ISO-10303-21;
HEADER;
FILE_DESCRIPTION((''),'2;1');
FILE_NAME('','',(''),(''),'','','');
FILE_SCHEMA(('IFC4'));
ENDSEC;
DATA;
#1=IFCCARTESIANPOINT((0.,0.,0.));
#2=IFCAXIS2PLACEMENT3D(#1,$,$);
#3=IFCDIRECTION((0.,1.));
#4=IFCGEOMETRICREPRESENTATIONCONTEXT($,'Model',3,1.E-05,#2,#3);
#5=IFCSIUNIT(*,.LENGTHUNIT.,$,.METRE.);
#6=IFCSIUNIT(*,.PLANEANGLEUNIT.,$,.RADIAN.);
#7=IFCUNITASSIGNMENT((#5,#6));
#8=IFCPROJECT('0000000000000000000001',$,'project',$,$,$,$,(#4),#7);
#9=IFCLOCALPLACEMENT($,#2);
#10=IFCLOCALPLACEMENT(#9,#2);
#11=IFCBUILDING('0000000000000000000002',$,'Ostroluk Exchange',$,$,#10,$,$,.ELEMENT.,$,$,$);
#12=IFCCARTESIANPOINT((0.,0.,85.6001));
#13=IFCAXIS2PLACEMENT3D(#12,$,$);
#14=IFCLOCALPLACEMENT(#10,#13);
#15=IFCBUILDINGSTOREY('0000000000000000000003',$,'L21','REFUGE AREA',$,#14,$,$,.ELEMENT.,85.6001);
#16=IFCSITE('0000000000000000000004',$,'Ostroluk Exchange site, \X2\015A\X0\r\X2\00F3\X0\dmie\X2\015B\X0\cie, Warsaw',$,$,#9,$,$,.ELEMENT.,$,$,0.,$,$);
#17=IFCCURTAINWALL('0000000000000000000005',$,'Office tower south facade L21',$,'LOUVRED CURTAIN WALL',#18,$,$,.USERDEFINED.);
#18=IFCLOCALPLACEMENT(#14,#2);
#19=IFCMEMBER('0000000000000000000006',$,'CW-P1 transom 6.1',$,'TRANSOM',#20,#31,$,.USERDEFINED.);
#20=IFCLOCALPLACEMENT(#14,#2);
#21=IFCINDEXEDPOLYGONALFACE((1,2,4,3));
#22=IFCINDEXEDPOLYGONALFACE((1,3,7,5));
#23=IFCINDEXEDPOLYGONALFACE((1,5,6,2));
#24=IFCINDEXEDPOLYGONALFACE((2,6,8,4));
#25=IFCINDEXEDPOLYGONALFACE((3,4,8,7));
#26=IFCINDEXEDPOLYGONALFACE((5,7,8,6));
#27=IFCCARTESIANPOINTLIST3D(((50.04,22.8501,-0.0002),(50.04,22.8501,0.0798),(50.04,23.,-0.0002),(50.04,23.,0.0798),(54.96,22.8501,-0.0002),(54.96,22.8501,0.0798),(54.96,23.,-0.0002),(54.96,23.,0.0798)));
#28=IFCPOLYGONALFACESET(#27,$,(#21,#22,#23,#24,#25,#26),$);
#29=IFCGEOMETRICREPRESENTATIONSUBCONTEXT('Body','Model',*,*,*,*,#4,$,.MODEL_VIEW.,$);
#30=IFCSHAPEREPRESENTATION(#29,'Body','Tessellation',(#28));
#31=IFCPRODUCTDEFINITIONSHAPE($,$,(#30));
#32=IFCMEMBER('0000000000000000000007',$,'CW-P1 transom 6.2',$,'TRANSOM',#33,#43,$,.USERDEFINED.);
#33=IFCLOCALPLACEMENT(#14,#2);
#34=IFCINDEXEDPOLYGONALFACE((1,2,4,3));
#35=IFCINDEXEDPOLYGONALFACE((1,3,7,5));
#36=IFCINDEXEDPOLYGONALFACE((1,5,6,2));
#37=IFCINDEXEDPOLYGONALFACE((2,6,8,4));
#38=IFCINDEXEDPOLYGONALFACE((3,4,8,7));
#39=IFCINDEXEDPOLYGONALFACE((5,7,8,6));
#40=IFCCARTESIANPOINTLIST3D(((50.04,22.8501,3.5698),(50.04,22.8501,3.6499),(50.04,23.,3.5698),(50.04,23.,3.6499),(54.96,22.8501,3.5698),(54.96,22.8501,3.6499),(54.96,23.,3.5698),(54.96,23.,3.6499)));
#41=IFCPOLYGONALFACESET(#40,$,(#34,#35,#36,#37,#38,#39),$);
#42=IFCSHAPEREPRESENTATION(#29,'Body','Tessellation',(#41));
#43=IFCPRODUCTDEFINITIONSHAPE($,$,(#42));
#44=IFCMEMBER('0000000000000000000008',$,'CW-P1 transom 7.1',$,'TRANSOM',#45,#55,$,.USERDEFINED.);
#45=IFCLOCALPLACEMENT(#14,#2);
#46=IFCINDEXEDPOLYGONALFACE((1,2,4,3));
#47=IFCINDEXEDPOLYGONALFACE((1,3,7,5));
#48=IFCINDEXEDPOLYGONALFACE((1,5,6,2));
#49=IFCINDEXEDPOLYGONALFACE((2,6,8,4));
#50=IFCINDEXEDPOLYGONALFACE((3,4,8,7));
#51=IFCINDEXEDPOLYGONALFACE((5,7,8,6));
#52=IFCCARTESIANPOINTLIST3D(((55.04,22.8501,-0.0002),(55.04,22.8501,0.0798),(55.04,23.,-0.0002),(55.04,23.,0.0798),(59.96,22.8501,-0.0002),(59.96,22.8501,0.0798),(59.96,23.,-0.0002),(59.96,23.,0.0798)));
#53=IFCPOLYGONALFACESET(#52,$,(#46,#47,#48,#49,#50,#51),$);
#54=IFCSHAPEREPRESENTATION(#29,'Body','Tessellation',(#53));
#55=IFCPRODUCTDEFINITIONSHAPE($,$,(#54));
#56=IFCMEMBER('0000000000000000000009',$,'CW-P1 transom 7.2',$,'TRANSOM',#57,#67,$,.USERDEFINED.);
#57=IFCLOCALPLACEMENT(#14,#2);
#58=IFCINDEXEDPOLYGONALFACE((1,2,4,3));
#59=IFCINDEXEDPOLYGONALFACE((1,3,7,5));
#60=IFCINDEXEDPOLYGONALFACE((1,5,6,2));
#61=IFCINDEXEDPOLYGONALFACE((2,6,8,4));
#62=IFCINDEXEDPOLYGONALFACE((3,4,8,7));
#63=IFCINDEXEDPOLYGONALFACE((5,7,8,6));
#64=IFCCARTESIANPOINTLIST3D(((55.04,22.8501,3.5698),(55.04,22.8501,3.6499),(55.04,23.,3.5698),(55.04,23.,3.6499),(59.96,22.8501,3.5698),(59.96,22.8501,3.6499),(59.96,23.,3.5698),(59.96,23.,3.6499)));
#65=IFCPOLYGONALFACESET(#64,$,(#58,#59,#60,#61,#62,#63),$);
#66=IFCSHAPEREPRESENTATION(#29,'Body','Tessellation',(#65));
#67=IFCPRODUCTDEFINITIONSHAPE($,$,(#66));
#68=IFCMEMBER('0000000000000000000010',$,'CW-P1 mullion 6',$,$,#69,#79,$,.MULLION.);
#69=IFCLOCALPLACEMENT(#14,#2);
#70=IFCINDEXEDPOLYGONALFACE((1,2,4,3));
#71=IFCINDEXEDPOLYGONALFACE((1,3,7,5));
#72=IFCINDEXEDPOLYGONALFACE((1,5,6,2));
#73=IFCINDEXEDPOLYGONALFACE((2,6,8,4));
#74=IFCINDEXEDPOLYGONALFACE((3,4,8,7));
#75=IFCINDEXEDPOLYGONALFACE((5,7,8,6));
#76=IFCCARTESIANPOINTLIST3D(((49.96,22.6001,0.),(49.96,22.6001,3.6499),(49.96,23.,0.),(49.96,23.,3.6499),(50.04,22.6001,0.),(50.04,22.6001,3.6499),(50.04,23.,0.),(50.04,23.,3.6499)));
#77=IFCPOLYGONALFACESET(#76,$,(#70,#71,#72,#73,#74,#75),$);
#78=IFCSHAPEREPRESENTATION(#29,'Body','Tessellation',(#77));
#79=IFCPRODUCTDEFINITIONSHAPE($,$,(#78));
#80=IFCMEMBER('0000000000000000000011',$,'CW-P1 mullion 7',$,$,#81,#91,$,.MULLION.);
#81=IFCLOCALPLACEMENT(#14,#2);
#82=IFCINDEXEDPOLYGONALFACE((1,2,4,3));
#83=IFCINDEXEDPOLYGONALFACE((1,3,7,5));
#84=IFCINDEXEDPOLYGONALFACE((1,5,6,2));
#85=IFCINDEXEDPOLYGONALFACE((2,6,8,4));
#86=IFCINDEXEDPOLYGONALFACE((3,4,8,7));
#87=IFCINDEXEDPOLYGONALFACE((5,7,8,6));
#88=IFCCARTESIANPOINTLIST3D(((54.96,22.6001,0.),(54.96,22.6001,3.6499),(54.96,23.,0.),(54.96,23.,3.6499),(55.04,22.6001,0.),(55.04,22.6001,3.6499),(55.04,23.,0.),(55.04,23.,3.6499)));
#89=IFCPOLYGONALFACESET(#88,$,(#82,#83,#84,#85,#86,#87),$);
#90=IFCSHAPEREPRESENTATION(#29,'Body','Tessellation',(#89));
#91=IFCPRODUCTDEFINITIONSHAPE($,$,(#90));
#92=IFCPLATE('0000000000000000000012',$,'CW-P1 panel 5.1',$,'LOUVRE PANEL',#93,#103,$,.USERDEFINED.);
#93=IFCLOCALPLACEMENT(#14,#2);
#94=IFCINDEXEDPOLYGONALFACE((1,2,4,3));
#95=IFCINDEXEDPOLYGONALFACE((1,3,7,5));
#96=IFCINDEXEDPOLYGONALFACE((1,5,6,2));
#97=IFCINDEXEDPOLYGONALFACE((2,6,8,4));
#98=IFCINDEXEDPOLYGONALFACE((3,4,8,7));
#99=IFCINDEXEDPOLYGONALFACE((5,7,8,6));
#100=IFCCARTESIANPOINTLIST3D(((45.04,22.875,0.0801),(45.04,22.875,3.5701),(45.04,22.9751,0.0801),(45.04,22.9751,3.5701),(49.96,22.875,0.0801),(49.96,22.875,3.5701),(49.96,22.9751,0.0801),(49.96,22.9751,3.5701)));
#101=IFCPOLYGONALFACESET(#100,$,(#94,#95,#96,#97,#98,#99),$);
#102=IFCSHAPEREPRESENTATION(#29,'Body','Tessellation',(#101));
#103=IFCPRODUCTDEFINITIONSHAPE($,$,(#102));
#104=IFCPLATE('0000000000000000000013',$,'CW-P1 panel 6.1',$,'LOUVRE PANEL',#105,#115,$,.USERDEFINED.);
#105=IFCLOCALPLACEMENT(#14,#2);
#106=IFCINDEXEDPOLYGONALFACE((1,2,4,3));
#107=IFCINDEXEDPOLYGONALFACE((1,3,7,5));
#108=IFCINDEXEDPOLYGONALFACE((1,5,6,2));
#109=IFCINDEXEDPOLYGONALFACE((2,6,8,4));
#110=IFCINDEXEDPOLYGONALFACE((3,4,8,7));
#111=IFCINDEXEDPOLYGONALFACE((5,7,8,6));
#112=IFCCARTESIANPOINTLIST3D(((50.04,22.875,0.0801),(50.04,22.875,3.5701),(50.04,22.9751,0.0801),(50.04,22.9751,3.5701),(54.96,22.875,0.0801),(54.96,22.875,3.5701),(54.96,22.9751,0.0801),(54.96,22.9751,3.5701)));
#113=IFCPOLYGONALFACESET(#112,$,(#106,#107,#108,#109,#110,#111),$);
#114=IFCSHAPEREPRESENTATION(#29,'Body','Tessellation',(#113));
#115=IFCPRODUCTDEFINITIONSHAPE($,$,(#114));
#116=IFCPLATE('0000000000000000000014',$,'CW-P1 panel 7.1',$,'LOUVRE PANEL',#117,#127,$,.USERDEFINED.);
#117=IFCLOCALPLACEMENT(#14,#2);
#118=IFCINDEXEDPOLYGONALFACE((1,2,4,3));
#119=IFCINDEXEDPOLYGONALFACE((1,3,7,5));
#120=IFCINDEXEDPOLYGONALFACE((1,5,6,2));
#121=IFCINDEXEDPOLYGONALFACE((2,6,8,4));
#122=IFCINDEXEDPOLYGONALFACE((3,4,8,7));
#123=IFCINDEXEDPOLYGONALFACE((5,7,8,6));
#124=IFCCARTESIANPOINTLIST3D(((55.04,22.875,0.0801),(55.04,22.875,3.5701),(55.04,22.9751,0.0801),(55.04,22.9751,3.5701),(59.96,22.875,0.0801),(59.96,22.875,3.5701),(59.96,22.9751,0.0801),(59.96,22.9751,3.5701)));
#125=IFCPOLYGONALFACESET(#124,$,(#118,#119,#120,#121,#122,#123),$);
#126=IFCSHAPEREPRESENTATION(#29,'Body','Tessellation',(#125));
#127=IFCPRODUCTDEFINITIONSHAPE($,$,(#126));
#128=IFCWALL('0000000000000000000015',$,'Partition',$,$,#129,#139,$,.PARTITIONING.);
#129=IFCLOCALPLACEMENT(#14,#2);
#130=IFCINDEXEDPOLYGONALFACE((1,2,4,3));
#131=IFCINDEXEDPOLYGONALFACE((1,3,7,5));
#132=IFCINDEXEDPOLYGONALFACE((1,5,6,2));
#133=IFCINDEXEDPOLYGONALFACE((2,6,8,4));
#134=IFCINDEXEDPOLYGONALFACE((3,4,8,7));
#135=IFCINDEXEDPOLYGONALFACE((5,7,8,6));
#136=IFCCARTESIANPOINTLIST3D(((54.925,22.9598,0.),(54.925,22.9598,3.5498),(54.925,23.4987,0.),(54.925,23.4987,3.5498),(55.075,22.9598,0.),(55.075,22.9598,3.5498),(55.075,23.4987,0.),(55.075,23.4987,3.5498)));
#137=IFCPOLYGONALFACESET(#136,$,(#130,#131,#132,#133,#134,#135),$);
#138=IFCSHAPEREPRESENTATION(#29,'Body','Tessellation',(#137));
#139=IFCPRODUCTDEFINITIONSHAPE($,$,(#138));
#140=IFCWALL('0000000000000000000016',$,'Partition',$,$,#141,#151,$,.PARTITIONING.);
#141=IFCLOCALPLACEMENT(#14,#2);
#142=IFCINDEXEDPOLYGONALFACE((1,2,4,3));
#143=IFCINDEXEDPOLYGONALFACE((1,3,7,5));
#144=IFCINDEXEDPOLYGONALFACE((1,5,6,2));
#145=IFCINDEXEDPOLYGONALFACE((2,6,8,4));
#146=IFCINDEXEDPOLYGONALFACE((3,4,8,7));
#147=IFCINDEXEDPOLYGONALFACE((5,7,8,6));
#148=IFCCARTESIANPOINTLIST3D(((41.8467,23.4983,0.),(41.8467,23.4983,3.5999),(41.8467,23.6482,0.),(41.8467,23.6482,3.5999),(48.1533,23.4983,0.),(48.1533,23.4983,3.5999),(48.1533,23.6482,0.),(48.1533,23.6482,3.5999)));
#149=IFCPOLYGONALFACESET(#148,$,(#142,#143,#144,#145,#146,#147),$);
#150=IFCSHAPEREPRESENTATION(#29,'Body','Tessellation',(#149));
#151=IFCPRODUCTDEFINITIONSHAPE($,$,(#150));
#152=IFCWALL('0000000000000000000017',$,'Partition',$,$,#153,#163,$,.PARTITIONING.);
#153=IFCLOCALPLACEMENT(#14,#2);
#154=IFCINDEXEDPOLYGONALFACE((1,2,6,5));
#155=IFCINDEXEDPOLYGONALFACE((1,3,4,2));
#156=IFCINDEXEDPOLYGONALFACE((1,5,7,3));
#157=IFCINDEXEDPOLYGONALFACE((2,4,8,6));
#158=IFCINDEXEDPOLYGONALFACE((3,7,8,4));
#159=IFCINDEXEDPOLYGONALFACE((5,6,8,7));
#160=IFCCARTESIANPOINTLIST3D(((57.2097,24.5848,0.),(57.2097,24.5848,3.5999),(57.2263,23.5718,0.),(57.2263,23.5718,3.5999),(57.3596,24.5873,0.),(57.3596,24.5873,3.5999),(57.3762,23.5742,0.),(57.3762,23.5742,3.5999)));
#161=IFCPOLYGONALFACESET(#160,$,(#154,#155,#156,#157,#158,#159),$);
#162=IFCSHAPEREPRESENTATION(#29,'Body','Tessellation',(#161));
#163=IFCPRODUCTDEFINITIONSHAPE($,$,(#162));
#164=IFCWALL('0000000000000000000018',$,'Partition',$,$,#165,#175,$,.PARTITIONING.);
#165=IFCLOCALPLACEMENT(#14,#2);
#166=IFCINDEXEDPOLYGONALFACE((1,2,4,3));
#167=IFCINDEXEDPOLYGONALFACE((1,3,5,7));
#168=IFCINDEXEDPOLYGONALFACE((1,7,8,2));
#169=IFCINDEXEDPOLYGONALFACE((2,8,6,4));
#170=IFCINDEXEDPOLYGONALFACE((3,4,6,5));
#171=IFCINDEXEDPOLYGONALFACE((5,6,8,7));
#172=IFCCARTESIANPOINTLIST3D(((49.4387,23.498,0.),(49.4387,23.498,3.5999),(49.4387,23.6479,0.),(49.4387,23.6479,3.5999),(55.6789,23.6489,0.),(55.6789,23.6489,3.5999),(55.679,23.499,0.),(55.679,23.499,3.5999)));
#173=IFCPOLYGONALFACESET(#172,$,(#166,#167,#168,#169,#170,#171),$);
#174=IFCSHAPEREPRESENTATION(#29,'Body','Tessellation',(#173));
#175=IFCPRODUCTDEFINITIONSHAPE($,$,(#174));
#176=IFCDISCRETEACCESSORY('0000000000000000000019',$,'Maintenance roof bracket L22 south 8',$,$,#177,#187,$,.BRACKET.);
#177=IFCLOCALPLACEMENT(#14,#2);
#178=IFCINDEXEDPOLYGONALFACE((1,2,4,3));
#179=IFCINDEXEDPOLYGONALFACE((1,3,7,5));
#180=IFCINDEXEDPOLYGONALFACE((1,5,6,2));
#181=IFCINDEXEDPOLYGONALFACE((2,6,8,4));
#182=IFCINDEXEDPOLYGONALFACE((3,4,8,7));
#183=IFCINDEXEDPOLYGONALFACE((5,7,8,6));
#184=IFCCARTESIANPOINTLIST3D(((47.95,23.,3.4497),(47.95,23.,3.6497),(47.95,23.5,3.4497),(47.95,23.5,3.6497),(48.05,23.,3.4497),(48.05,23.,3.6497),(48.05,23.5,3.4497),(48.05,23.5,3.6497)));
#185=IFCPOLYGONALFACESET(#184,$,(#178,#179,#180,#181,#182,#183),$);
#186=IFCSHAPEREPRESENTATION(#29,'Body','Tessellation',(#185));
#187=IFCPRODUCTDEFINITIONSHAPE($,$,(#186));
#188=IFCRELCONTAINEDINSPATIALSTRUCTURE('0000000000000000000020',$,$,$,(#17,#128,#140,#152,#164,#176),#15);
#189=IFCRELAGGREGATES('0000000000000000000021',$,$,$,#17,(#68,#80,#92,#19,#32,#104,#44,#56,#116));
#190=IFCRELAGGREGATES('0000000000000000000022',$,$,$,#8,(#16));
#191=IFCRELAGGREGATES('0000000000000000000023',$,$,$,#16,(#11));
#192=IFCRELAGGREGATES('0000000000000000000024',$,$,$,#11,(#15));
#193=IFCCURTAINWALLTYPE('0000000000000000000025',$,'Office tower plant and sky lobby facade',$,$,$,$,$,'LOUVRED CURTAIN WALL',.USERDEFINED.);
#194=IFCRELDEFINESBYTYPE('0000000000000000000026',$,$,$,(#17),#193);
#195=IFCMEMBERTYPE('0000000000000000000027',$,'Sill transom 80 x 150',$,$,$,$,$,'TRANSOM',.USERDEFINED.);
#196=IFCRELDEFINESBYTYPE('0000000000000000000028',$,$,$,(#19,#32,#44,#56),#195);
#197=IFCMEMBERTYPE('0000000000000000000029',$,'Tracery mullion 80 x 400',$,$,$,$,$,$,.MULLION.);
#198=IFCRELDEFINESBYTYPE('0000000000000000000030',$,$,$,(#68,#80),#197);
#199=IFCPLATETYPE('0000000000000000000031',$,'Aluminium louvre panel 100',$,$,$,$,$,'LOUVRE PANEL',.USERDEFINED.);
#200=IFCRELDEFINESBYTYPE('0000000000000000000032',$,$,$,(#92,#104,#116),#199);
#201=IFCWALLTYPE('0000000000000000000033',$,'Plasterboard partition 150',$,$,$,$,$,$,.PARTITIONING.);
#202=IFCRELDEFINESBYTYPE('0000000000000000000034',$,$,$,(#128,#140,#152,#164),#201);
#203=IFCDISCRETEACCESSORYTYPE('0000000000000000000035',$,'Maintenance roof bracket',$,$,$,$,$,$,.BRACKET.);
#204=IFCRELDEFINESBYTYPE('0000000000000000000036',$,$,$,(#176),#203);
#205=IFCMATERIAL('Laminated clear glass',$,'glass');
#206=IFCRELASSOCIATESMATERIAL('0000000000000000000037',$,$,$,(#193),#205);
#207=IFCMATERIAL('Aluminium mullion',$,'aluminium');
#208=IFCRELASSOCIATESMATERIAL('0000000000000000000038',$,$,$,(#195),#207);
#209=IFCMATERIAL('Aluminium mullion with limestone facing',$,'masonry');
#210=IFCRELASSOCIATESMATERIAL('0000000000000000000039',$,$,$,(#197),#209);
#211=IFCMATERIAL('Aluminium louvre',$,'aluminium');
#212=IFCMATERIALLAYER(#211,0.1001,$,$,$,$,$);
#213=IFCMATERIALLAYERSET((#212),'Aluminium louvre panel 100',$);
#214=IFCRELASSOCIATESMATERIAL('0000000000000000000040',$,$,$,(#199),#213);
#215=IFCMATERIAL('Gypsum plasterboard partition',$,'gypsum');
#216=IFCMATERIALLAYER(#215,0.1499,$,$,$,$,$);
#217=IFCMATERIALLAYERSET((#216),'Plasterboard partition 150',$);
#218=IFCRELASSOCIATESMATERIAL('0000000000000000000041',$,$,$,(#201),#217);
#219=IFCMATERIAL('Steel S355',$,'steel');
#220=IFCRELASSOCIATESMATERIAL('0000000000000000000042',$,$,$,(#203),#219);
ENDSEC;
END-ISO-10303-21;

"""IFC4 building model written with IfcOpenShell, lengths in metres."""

from ifc_helpers import new_model, si_unit, direction, frame, frame_2d, origin, origin_2d, place, context, subcontext, project, spatial, rectangle, extrude, material, layer, layer_set, material_profile, profile_set, type_object, element, aggregate, save


model = new_model("IFC4")

# Units and contexts
model_context = context("Model", 3, precision=1e-05, world=origin(), true_north=direction((0.0, 1.0)))
body_context = subcontext(model_context, "Body", "Model", "MODEL_VIEW")
ifc_project = project(units=[si_unit("LENGTHUNIT", "METRE"), si_unit("PLANEANGLEUNIT", "RADIAN")], contexts=[model_context])

# Site, building, storey
site_placement = place(None, origin())
site = spatial("IfcSite", under=ifc_project, at=site_placement, Name="Ostroluk Exchange site, Śródmieście, Warsaw", CompositionType="ELEMENT", RefElevation=0.0)
building_placement = place(site_placement, origin())
building = spatial("IfcBuilding", under=site, at=building_placement, Name="Ostroluk Exchange", CompositionType="ELEMENT")
storey_placement = place(building_placement, frame((0.0, 0.0, 85.6001)))
storey = spatial("IfcBuildingStorey", under=building, at=storey_placement, Name="L21", Description="REFUGE AREA", CompositionType="ELEMENT", Elevation=85.6001)

# Curtain wall, members, plates
ifc_material_1 = material(Name="Laminated clear glass", Category="glass")
curtain_wall_type = type_object("IfcCurtainWallType", Name="Office tower plant and sky lobby facade", ElementType="LOUVRED CURTAIN WALL", PredefinedType="USERDEFINED", material=ifc_material_1)
curtain_wall_placement = place(storey_placement, origin())
curtain_wall = element("IfcCurtainWall", 1, at=curtain_wall_placement, inside=storey, type_object=curtain_wall_type, Name="Office tower south facade L21", ObjectType="LOUVRED CURTAIN WALL", PredefinedType="USERDEFINED")
ifc_material_2 = material(Name="Aluminium mullion", Category="aluminium")
ifc_material_profile_1 = material_profile(ifc_material_2, rectangle(XDim=0.1499, YDim=0.0801, at=origin_2d()), Name="Sill transom 80 x 150")
ifc_profile_set_1 = profile_set([ifc_material_profile_1], Name="Aluminium mullion")
member_type_1 = type_object("IfcMemberType", Name="Sill transom 80 x 150", ElementType="TRANSOM", PredefinedType="USERDEFINED", material=ifc_profile_set_1)
member_1_placement = place(storey_placement, frame((50.04, 22.925, 0.0398), z_axis=(1.0, 0.0, 0.0), x_axis=(0.0, 1.0, 0.0)))
member_1 = element("IfcMember", 2, at=member_1_placement, type_object=member_type_1, Name="CW-P1 transom 6.1", ObjectType="TRANSOM", PredefinedType="USERDEFINED", context=body_context, shape_type="SweptSolid", body=[
    extrude(rectangle(XDim=0.1499, YDim=0.0801, at=origin_2d()), origin(), (0.0, 0.0, 1.0), 4.9199),
])
member_2_placement = place(storey_placement, frame((50.04, 22.925, 3.6099), z_axis=(1.0, 0.0, 0.0), x_axis=(0.0, 1.0, 0.0)))
member_2 = element("IfcMember", 3, at=member_2_placement, type_object=member_type_1, Name="CW-P1 transom 6.2", ObjectType="TRANSOM", PredefinedType="USERDEFINED", context=body_context, shape_type="SweptSolid", body=[
    extrude(rectangle(XDim=0.1499, YDim=0.0801, at=origin_2d()), origin(), (0.0, 0.0, 1.0), 4.9199),
])
member_3_placement = place(storey_placement, frame((55.04, 22.925, 0.0398), z_axis=(1.0, 0.0, 0.0), x_axis=(0.0, 1.0, 0.0)))
member_3 = element("IfcMember", 4, at=member_3_placement, type_object=member_type_1, Name="CW-P1 transom 7.1", ObjectType="TRANSOM", PredefinedType="USERDEFINED", context=body_context, shape_type="SweptSolid", body=[
    extrude(rectangle(XDim=0.1499, YDim=0.0801, at=origin_2d()), origin(), (0.0, 0.0, 1.0), 4.9199),
])
member_4_placement = place(storey_placement, frame((55.04, 22.925, 3.6099), z_axis=(1.0, 0.0, 0.0), x_axis=(0.0, 1.0, 0.0)))
member_4 = element("IfcMember", 5, at=member_4_placement, type_object=member_type_1, Name="CW-P1 transom 7.2", ObjectType="TRANSOM", PredefinedType="USERDEFINED", context=body_context, shape_type="SweptSolid", body=[
    extrude(rectangle(XDim=0.1499, YDim=0.0801, at=origin_2d()), origin(), (0.0, 0.0, 1.0), 4.9199),
])
ifc_material_3 = material(Name="Aluminium mullion with limestone facing", Category="masonry")
ifc_material_profile_2 = material_profile(ifc_material_3, rectangle(XDim=0.3999, YDim=0.0801, at=origin_2d()), Name="Tracery mullion 80 x 400")
ifc_profile_set_2 = profile_set([ifc_material_profile_2], Name="Aluminium mullion with limestone facing")
member_type_2 = type_object("IfcMemberType", Name="Tracery mullion 80 x 400", PredefinedType="MULLION", material=ifc_profile_set_2)
member_5_placement = place(storey_placement, frame((50.0, 22.8, 0.0), z_axis=(0.0, 0.0, 1.0), x_axis=(0.0, 1.0, 0.0)))
member_5 = element("IfcMember", 6, at=member_5_placement, type_object=member_type_2, Name="CW-P1 mullion 6", PredefinedType="MULLION", context=body_context, shape_type="SweptSolid", body=[
    extrude(rectangle(XDim=0.3999, YDim=0.0801, at=origin_2d()), origin(), (0.0, 0.0, 1.0), 3.6499),
])
member_6_placement = place(storey_placement, frame((55.0, 22.8, 0.0), z_axis=(0.0, 0.0, 1.0), x_axis=(0.0, 1.0, 0.0)))
member_6 = element("IfcMember", 7, at=member_6_placement, type_object=member_type_2, Name="CW-P1 mullion 7", PredefinedType="MULLION", context=body_context, shape_type="SweptSolid", body=[
    extrude(rectangle(XDim=0.3999, YDim=0.0801, at=origin_2d()), origin(), (0.0, 0.0, 1.0), 3.6499),
])
ifc_material_4 = material(Name="Aluminium louvre", Category="aluminium")
ifc_layer_1 = layer(ifc_material_4, 0.1001)
ifc_layer_set_1 = layer_set([ifc_layer_1], Name="Aluminium louvre panel 100")
plate_type = type_object("IfcPlateType", Name="Aluminium louvre panel 100", ElementType="LOUVRE PANEL", PredefinedType="USERDEFINED", material=ifc_layer_set_1)
plate_1_placement = place(storey_placement, frame((47.5, 22.925, 0.0801), z_axis=(0.0, 0.0, 1.0), x_axis=(1.0, 0.0, 0.0)))
plate_1 = element("IfcPlate", 8, at=plate_1_placement, type_object=plate_type, Name="CW-P1 panel 5.1", ObjectType="LOUVRE PANEL", PredefinedType="USERDEFINED", context=body_context, shape_type="SweptSolid", body=[
    extrude(rectangle(XDim=4.9199, YDim=0.1001, at=origin_2d()), origin(), (0.0, 0.0, 1.0), 3.49),
])
plate_2_placement = place(storey_placement, frame((52.5, 22.925, 0.0801), z_axis=(0.0, 0.0, 1.0), x_axis=(1.0, 0.0, 0.0)))
plate_2 = element("IfcPlate", 9, at=plate_2_placement, type_object=plate_type, Name="CW-P1 panel 6.1", ObjectType="LOUVRE PANEL", PredefinedType="USERDEFINED", context=body_context, shape_type="SweptSolid", body=[
    extrude(rectangle(XDim=4.9199, YDim=0.1001, at=origin_2d()), origin(), (0.0, 0.0, 1.0), 3.49),
])
plate_3_placement = place(storey_placement, frame((57.5, 22.925, 0.0801), z_axis=(0.0, 0.0, 1.0), x_axis=(1.0, 0.0, 0.0)))
plate_3 = element("IfcPlate", 10, at=plate_3_placement, type_object=plate_type, Name="CW-P1 panel 7.1", ObjectType="LOUVRE PANEL", PredefinedType="USERDEFINED", context=body_context, shape_type="SweptSolid", body=[
    extrude(rectangle(XDim=4.9199, YDim=0.1001, at=origin_2d()), origin(), (0.0, 0.0, 1.0), 3.49),
])
aggregate(curtain_wall, [member_5, member_6, plate_1, member_1, member_2, plate_2, member_3, member_4, plate_3])

# Walls
ifc_material_5 = material(Name="Gypsum plasterboard partition", Category="gypsum")
ifc_layer_2 = layer(ifc_material_5, 0.1499)
ifc_layer_set_2 = layer_set([ifc_layer_2], Name="Plasterboard partition 150")
wall_type = type_object("IfcWallType", Name="Plasterboard partition 150", PredefinedType="PARTITIONING", material=ifc_layer_set_2)
wall_1_placement = place(storey_placement, frame((55.0, 23.4988, 0.0), z_axis=(0.0, 0.0, 1.0), x_axis=(0.0, -1.0, 0.0)))
element("IfcWall", 11, at=wall_1_placement, inside=storey, type_object=wall_type, Name="Partition", PredefinedType="PARTITIONING", context=body_context, shape_type="SweptSolid", body=[
    extrude(rectangle(XDim=0.5388, YDim=0.1499, at=frame_2d((0.2695, 0.0))), origin(), (0.0, 0.0, 1.0), 3.5498),
])
wall_2_placement = place(storey_placement, frame((48.1533, 23.5732, 0.0), z_axis=(0.0, 0.0, 1.0), x_axis=(-1.0, 0.0, 0.0)))
element("IfcWall", 12, at=wall_2_placement, inside=storey, type_object=wall_type, Name="Partition", PredefinedType="PARTITIONING", context=body_context, shape_type="SweptSolid", body=[
    extrude(rectangle(XDim=6.3066, YDim=0.1499, at=frame_2d((3.1533, 0.0))), origin(), (0.0, 0.0, 1.0), 3.5999),
])
wall_3_placement = place(storey_placement, frame((57.3013, 23.573, 0.0), z_axis=(0.0, 0.0, 1.0), x_axis=(-0.016387, 0.999866, 0.0)))
element("IfcWall", 13, at=wall_3_placement, inside=storey, type_object=wall_type, Name="Partition", PredefinedType="PARTITIONING", context=body_context, shape_type="SweptSolid", body=[
    extrude(rectangle(XDim=1.0132, YDim=0.1499, at=frame_2d((0.5066, 0.0))), origin(), (0.0, 0.0, 1.0), 3.5999),
])
wall_4_placement = place(storey_placement, frame((55.679, 23.574, 0.0), z_axis=(0.0, 0.0, 1.0), x_axis=(-1.0, -0.000156, 0.0)))
element("IfcWall", 14, at=wall_4_placement, inside=storey, type_object=wall_type, Name="Partition", PredefinedType="PARTITIONING", context=body_context, shape_type="SweptSolid", body=[
    extrude(rectangle(XDim=6.2402, YDim=0.1499, at=frame_2d((3.1201, 0.0))), origin(), (0.0, 0.0, 1.0), 3.5999),
])

# Discrete accessory
ifc_material_6 = material(Name="Steel S355", Category="steel")
discrete_accessory_type = type_object("IfcDiscreteAccessoryType", Name="Maintenance roof bracket", PredefinedType="BRACKET", material=ifc_material_6)
for number, where, z_axis, x_axis, name in (
    (15, (48.0, 23.25, 3.4497), (0.0, 0.0, 1.0), (1.0, 0.0, 0.0), "Maintenance roof bracket L22 south 8"),
):
    element("IfcDiscreteAccessory", number, at=place(storey_placement, frame(where, z_axis=z_axis, x_axis=x_axis)), inside=storey, type_object=discrete_accessory_type, Name=name, PredefinedType="BRACKET", context=body_context, shape_type="SweptSolid", body=[
        extrude(rectangle(XDim=0.1001, YDim=0.5, at=origin_2d()), origin(), (0.0, 0.0, 1.0), 0.2),
    ])

save(model, "model.ifc")
